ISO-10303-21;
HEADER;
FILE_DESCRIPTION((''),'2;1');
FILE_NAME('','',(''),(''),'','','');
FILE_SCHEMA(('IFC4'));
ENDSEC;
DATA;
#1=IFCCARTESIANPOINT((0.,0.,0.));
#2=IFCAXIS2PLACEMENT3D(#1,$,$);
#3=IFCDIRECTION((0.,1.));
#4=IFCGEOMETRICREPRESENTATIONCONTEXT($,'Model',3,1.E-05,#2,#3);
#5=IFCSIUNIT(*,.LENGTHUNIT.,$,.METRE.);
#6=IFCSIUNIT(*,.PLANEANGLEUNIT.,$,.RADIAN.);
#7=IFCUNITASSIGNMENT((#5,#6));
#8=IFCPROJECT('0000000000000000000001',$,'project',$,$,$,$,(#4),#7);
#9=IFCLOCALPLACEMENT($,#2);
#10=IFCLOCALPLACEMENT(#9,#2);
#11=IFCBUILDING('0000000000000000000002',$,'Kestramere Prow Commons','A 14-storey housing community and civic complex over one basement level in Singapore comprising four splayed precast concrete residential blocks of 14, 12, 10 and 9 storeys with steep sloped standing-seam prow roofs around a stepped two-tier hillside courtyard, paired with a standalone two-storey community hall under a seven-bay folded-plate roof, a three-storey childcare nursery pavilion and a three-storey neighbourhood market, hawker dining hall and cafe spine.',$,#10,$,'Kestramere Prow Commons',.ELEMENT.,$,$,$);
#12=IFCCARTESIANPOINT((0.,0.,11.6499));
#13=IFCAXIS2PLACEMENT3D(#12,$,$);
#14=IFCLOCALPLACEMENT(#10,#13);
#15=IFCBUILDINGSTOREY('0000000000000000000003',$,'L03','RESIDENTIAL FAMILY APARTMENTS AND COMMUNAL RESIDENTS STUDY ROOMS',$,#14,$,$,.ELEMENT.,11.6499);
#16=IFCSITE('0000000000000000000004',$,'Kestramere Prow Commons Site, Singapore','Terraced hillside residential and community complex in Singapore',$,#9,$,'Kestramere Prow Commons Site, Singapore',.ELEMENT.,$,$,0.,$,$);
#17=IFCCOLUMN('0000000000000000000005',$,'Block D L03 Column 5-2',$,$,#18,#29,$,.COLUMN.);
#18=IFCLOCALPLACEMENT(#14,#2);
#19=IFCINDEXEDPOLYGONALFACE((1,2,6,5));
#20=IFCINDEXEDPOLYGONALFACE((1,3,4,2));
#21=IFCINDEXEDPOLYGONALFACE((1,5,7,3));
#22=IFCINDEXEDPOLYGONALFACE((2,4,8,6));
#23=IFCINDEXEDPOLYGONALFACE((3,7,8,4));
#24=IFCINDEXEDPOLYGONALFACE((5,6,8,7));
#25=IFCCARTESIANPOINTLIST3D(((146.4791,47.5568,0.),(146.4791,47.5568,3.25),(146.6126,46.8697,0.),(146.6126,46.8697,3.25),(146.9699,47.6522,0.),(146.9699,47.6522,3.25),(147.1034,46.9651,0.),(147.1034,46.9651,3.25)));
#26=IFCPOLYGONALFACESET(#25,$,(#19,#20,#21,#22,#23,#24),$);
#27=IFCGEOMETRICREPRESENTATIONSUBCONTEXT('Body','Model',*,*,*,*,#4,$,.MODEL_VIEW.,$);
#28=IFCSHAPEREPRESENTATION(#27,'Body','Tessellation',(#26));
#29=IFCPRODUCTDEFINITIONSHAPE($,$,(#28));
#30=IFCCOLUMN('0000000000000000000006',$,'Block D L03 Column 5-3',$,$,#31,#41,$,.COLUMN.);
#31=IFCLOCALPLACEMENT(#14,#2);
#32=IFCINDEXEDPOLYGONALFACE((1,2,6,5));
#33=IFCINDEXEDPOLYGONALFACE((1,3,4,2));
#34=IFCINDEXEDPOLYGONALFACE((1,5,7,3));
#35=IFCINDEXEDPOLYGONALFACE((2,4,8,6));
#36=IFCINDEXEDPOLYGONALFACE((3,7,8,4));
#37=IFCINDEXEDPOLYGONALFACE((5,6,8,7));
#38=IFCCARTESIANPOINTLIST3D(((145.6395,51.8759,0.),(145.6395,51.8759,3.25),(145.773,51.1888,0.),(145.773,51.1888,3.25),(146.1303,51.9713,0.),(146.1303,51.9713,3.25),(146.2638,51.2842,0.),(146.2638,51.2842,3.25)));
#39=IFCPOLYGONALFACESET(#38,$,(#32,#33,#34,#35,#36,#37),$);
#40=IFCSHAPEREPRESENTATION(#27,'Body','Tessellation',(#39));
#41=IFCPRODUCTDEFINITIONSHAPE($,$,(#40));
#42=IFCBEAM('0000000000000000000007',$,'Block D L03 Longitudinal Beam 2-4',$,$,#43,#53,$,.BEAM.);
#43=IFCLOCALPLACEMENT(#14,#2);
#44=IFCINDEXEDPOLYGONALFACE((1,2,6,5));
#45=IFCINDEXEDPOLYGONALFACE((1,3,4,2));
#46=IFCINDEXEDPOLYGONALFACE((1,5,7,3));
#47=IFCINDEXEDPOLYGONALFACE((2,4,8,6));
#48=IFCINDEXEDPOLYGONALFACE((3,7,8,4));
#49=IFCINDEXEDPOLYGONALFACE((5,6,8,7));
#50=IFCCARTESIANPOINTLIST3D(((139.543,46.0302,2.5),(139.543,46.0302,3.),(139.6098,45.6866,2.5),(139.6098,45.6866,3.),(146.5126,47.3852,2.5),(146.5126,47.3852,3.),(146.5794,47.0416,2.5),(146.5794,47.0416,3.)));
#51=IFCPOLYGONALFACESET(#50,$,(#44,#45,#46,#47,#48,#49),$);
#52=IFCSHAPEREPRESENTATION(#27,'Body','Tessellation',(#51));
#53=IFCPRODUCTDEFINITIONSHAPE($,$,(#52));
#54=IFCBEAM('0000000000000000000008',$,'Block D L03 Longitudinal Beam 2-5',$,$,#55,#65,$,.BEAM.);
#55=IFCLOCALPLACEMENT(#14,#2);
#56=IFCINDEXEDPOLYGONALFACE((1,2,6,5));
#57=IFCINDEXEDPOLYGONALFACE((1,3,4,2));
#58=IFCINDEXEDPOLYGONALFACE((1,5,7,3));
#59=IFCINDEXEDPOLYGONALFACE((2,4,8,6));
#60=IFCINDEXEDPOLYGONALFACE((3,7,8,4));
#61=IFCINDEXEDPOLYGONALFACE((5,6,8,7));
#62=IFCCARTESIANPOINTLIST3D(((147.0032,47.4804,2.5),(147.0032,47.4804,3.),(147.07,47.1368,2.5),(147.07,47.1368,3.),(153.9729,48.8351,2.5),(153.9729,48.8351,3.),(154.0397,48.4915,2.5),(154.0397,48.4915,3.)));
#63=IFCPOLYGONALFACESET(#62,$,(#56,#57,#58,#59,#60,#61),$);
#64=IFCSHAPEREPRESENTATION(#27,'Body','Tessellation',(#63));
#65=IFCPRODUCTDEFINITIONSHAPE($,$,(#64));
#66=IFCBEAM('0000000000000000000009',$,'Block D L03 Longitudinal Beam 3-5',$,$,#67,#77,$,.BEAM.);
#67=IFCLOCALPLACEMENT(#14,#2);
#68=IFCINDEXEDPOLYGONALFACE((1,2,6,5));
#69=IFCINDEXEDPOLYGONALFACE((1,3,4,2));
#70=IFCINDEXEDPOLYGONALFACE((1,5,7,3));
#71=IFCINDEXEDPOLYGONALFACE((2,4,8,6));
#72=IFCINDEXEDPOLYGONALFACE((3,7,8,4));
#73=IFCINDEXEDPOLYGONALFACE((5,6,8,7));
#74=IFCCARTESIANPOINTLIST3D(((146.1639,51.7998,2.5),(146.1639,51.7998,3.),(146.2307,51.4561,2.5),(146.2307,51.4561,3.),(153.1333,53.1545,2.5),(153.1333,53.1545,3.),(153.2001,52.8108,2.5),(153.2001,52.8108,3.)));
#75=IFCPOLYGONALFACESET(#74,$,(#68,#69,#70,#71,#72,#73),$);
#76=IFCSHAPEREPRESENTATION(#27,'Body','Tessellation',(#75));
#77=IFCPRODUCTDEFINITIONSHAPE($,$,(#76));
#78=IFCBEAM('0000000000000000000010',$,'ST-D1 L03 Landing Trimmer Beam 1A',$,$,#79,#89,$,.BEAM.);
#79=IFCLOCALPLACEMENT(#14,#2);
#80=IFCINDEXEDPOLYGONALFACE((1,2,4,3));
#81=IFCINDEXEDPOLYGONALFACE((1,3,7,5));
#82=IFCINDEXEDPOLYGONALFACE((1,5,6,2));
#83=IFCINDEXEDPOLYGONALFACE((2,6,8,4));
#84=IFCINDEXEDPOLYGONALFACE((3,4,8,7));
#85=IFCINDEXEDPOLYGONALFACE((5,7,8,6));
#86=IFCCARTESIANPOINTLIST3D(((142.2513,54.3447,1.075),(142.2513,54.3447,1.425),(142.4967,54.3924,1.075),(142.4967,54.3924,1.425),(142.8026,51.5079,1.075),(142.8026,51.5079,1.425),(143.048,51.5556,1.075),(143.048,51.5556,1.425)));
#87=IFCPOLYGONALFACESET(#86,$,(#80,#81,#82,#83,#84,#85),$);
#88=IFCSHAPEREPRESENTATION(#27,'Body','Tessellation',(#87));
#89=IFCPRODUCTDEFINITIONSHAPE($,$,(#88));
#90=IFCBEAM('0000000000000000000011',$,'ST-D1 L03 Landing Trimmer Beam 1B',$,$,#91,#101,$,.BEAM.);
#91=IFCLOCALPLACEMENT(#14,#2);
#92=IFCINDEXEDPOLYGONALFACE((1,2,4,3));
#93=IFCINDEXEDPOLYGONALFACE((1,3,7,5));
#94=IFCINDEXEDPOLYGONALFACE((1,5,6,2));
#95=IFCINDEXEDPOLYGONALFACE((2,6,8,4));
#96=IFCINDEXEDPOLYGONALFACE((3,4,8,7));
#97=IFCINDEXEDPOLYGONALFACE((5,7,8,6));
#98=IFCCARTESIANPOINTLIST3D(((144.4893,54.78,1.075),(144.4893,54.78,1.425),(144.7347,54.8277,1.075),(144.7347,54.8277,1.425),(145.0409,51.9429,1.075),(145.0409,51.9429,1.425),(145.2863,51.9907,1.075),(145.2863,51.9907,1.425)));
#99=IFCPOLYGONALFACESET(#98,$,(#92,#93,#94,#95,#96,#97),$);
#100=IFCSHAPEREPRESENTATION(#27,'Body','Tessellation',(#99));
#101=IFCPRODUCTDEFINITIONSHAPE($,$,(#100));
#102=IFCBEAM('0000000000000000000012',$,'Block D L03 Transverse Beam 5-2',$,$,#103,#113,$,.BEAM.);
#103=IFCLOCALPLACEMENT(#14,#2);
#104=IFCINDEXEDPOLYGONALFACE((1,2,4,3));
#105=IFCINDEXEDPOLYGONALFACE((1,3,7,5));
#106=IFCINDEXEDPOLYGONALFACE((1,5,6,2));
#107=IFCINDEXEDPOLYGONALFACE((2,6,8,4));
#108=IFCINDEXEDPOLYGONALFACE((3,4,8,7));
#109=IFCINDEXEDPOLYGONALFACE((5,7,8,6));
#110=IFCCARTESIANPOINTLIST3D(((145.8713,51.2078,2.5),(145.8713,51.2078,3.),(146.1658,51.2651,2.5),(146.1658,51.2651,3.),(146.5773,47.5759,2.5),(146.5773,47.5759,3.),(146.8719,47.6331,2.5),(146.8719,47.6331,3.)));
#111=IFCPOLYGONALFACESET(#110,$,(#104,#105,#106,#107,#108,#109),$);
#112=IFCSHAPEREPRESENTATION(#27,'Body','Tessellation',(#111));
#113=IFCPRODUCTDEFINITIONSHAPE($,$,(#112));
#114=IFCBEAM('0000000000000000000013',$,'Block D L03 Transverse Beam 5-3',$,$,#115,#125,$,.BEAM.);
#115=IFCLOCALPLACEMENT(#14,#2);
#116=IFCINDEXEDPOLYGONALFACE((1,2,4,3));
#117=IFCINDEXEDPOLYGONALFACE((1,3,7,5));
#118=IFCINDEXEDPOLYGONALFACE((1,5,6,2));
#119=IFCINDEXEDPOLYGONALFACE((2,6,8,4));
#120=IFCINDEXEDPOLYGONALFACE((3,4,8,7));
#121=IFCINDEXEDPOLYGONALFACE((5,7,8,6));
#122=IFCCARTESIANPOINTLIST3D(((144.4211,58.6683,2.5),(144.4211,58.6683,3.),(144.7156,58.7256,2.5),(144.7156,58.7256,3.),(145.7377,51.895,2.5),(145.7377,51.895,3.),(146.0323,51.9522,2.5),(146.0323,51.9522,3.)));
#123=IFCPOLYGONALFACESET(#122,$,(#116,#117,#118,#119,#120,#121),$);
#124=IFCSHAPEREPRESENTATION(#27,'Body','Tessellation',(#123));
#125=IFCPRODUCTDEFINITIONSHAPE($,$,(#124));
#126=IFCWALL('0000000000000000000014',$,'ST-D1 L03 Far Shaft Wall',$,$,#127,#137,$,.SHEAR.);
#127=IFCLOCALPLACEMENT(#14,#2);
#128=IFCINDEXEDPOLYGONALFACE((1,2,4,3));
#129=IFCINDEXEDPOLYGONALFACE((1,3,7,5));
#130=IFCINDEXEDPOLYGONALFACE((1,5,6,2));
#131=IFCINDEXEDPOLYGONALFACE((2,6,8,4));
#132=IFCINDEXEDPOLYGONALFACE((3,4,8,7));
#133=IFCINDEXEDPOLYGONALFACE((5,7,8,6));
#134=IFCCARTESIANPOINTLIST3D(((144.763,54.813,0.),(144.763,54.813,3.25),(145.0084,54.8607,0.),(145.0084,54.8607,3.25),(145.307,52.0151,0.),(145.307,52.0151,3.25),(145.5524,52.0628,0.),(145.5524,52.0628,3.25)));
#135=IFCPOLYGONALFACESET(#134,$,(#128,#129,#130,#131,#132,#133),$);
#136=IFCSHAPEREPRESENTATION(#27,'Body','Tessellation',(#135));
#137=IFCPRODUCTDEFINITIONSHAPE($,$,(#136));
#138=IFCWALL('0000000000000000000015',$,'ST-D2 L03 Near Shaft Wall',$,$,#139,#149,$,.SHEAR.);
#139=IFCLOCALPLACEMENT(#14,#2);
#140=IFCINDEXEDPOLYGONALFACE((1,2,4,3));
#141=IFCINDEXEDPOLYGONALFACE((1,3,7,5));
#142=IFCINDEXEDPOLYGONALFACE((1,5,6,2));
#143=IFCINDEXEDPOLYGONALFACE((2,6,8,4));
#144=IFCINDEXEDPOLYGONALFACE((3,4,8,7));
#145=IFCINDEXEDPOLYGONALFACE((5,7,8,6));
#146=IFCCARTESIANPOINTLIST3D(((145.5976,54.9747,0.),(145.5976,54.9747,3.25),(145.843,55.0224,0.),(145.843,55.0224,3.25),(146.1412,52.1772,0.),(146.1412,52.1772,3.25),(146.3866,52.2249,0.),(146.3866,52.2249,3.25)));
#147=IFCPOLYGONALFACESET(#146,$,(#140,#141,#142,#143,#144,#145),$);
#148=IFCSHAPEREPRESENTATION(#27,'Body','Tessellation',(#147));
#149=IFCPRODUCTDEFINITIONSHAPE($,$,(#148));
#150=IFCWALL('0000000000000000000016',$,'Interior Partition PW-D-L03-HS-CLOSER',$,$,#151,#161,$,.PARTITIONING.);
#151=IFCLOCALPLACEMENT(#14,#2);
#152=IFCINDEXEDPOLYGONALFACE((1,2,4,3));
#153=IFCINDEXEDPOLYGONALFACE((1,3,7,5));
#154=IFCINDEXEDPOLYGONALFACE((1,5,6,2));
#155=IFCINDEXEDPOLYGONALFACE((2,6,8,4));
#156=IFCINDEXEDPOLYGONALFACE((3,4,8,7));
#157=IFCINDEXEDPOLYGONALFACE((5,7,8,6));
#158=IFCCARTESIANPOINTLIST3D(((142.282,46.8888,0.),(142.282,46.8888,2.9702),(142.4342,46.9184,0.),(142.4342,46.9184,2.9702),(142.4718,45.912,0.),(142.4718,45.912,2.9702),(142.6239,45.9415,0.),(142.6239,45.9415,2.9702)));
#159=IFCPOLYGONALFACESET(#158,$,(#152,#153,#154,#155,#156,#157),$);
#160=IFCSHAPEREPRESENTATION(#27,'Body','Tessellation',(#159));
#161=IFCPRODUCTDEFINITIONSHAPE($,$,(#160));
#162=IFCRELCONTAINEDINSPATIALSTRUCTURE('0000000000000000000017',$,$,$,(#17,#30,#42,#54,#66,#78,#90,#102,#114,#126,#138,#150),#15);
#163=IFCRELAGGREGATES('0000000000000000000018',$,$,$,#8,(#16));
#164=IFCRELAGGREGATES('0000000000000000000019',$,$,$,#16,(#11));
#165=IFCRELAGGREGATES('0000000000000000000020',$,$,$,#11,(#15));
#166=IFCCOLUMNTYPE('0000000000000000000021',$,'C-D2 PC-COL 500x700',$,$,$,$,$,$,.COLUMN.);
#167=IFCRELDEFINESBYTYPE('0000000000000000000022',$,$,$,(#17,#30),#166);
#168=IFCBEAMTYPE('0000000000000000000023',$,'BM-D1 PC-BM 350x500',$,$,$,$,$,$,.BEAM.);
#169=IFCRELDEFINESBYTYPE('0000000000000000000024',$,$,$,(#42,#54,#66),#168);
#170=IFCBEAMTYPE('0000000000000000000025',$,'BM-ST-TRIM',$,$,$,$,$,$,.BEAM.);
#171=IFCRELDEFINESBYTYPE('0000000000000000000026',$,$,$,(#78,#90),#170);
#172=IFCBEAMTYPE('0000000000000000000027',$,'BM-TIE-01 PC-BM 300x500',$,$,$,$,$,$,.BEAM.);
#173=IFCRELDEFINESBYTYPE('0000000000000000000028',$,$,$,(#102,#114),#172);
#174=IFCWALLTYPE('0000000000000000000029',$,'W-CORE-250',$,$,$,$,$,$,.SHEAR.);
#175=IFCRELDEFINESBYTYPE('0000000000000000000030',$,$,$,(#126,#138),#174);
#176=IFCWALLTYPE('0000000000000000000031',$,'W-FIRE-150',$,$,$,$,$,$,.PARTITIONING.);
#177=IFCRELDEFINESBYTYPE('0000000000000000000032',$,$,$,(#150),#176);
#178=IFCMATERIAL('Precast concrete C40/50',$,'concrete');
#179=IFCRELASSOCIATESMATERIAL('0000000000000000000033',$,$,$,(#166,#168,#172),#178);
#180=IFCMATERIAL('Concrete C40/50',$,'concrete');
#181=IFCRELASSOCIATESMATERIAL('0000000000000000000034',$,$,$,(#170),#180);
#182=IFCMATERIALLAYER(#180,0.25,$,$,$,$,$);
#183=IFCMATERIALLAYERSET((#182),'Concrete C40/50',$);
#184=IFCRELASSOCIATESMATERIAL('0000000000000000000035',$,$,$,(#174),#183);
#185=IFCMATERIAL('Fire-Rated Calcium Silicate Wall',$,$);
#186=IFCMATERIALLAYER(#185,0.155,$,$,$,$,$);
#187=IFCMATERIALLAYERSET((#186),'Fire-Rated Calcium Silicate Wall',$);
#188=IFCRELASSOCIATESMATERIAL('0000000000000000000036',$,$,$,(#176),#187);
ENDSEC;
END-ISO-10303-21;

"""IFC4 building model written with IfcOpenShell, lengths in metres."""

from ifc_helpers import new_model, si_unit, direction, frame, frame_2d, origin, origin_2d, place, context, subcontext, project, spatial, rectangle, extrude, material, layer, layer_set, material_profile, profile_set, type_object, element, save


model = new_model("IFC4")

# Units and contexts
model_context = context("Model", 3, precision=1e-05, world=origin(), true_north=direction((0.0, 1.0)))
body_context = subcontext(model_context, "Body", "Model", "MODEL_VIEW")
ifc_project = project(units=[si_unit("LENGTHUNIT", "METRE"), si_unit("PLANEANGLEUNIT", "RADIAN")], contexts=[model_context])

# Site, building, storey
site_placement = place(None, origin())
site = spatial("IfcSite", under=ifc_project, at=site_placement, Name="Kestramere Prow Commons Site, Singapore", Description="Terraced hillside residential and community complex in Singapore", LongName="Kestramere Prow Commons Site, Singapore", CompositionType="ELEMENT", RefElevation=0.0)
building_placement = place(site_placement, origin())
building = spatial("IfcBuilding", under=site, at=building_placement, Name="Kestramere Prow Commons", Description="A 14-storey housing community and civic complex over one basement level in Singapore comprising four splayed precast concrete residential blocks of 14, 12, 10 and 9 storeys with steep sloped standing-seam prow roofs around a stepped two-tier hillside courtyard, paired with a standalone two-storey community hall under a seven-bay folded-plate roof, a three-storey childcare nursery pavilion and a three-storey neighbourhood market, hawker dining hall and cafe spine.", LongName="Kestramere Prow Commons", CompositionType="ELEMENT")
storey_placement = place(building_placement, frame((0.0, 0.0, 11.6499)))
storey = spatial("IfcBuildingStorey", under=building, at=storey_placement, Name="L03", Description="RESIDENTIAL FAMILY APARTMENTS AND COMMUNAL RESIDENTS STUDY ROOMS", CompositionType="ELEMENT", Elevation=11.6499)

# Columns
ifc_material_1 = material(Name="Precast concrete C40/50", Category="concrete")
ifc_material_profile_1 = material_profile(ifc_material_1, rectangle(XDim=0.5, YDim=0.7, at=origin_2d()), Name="PC-COL 500x700")
ifc_profile_set_1 = profile_set([ifc_material_profile_1], Name="Precast concrete C40/50")
column_type = type_object("IfcColumnType", Name="C-D2 PC-COL 500x700", PredefinedType="COLUMN", material=ifc_profile_set_1)
for number, where, z_axis, x_axis, name in (
    (1, (146.7913, 47.261, 0.0), (0.0, 0.0, 1.0), (0.981627, 0.190809, 0.0), "Block D L03 Column 5-2"),
    (2, (145.9517, 51.5801, 0.0), (0.0, 0.0, 1.0), (0.981627, 0.190809, 0.0), "Block D L03 Column 5-3"),
):
    element("IfcColumn", number, at=place(storey_placement, frame(where, z_axis=z_axis, x_axis=x_axis)), inside=storey, type_object=column_type, Name=name, PredefinedType="COLUMN", context=body_context, shape_type="SweptSolid", body=[
        extrude(rectangle(XDim=0.5, YDim=0.7, at=origin_2d()), origin(), (0.0, 0.0, 1.0), 3.25),
    ])

# Beams
ifc_material_profile_2 = material_profile(ifc_material_1, rectangle(XDim=0.3501, YDim=0.5, at=origin_2d()), Name="PC-BM 350x500")
ifc_profile_set_2 = profile_set([ifc_material_profile_2], Name="Precast concrete C40/50")
beam_type_1 = type_object("IfcBeamType", Name="BM-D1 PC-BM 350x500", PredefinedType="BEAM", material=ifc_profile_set_2)
for number, where, z_axis, x_axis, name in (
    (3, (139.5764, 45.8584, 2.75), (0.981621, 0.190843, 0.0), (-0.190843, 0.981621, 0.0), "Block D L03 Longitudinal Beam 2-4"),
    (4, (147.0366, 47.3086, 2.75), (0.981628, 0.190803, 0.0), (-0.190803, 0.981628, 0.0), "Block D L03 Longitudinal Beam 2-5"),
):
    element("IfcBeam", number, at=place(storey_placement, frame(where, z_axis=z_axis, x_axis=x_axis)), inside=storey, type_object=beam_type_1, Name=name, PredefinedType="BEAM", context=body_context, shape_type="SweptSolid", body=[
        extrude(rectangle(XDim=0.3501, YDim=0.5, at=origin_2d()), origin(), (0.0, 0.0, 1.0), 7.1001),
    ])
beam_1_placement = place(storey_placement, frame((146.1973, 51.6279, 2.75), z_axis=(0.981627, 0.19081, 0.0), x_axis=(-0.19081, 0.981627, 0.0)))
element("IfcBeam", 5, at=beam_1_placement, inside=storey, type_object=beam_type_1, Name="Block D L03 Longitudinal Beam 3-5", PredefinedType="BEAM", context=body_context, shape_type="SweptSolid", body=[
    extrude(rectangle(XDim=0.3501, YDim=0.5, at=origin_2d()), origin(), (0.0, 0.0, 1.0), 7.0999),
])
ifc_material_2 = material(Name="Concrete C40/50", Category="concrete")
ifc_material_profile_3 = material_profile(ifc_material_2, rectangle(XDim=0.25, YDim=0.3501, at=origin_2d()), Name="PC-BM 250x350")
ifc_profile_set_3 = profile_set([ifc_material_profile_3], Name="Concrete C40/50")
beam_type_2 = type_object("IfcBeamType", Name="BM-ST-TRIM", PredefinedType="BEAM", material=ifc_profile_set_3)
beam_2_placement = place(storey_placement, frame((142.9253, 51.5317, 1.25), z_axis=(-0.190752, 0.981638, 0.0), x_axis=(-0.981638, -0.190752, 0.0)))
element("IfcBeam", 6, at=beam_2_placement, inside=storey, type_object=beam_type_2, Name="ST-D1 L03 Landing Trimmer Beam 1A", PredefinedType="BEAM", context=body_context, shape_type="SweptSolid", body=[
    extrude(rectangle(XDim=0.25, YDim=0.3501, at=origin_2d()), origin(), (0.0, 0.0, 1.0), 2.8899),
])
beam_3_placement = place(storey_placement, frame((145.1636, 51.9668, 1.25), z_axis=(-0.190833, 0.981622, 0.0), x_axis=(-0.981622, -0.190833, 0.0)))
element("IfcBeam", 7, at=beam_3_placement, inside=storey, type_object=beam_type_2, Name="ST-D1 L03 Landing Trimmer Beam 1B", PredefinedType="BEAM", context=body_context, shape_type="SweptSolid", body=[
    extrude(rectangle(XDim=0.25, YDim=0.3501, at=origin_2d()), origin(), (0.0, 0.0, 1.0), 2.8901),
])
ifc_material_profile_4 = material_profile(ifc_material_1, rectangle(XDim=0.3, YDim=0.5, at=origin_2d()), Name="PC-BM 300x500")
ifc_profile_set_4 = profile_set([ifc_material_profile_4], Name="Precast concrete C40/50")
beam_type_3 = type_object("IfcBeamType", Name="BM-TIE-01 PC-BM 300x500", PredefinedType="BEAM", material=ifc_profile_set_4)
beam_4_placement = place(storey_placement, frame((146.7246, 47.6045, 2.75), z_axis=(-0.190822, 0.981625, 0.0), x_axis=(-0.981625, -0.190822, 0.0)))
element("IfcBeam", 8, at=beam_4_placement, inside=storey, type_object=beam_type_3, Name="Block D L03 Transverse Beam 5-2", PredefinedType="BEAM", context=body_context, shape_type="SweptSolid", body=[
    extrude(rectangle(XDim=0.3, YDim=0.5, at=origin_2d()), origin(), (0.0, 0.0, 1.0), 3.7),
])
beam_5_placement = place(storey_placement, frame((145.885, 51.9236, 2.75), z_axis=(-0.190813, 0.981626, 0.0), x_axis=(-0.981626, -0.190813, 0.0)))
element("IfcBeam", 9, at=beam_5_placement, inside=storey, type_object=beam_type_3, Name="Block D L03 Transverse Beam 5-3", PredefinedType="BEAM", context=body_context, shape_type="SweptSolid", body=[
    extrude(rectangle(XDim=0.3, YDim=0.5, at=origin_2d()), origin(), (0.0, 0.0, 1.0), 6.9001),
])

# Wall
ifc_layer_1 = layer(ifc_material_2, 0.25)
ifc_layer_set_1 = layer_set([ifc_layer_1], Name="Concrete C40/50")
wall_type_1 = type_object("IfcWallType", Name="W-CORE-250", PredefinedType="SHEAR", material=ifc_layer_set_1)
wall_1_placement = place(storey_placement, frame((145.4297, 52.0388, 0.0), z_axis=(0.0, 0.0, 1.0), x_axis=(-0.190842, 0.981621, 0.0)))
element("IfcWall", 10, at=wall_1_placement, inside=storey, type_object=wall_type_1, Name="ST-D1 L03 Far Shaft Wall", PredefinedType="SHEAR", context=body_context, shape_type="SweptSolid", body=[
    extrude(rectangle(XDim=2.8503, YDim=0.25, at=frame_2d((1.4253, 0.0))), origin(), (0.0, 0.0, 1.0), 3.25),
])

# Walls
wall_2_placement = place(storey_placement, frame((146.2639, 52.2012, 0.0), z_axis=(0.0, 0.0, 1.0), x_axis=(-0.190776, 0.981634, 0.0)))
element("IfcWall", 11, at=wall_2_placement, inside=storey, type_object=wall_type_1, Name="ST-D2 L03 Near Shaft Wall", PredefinedType="SHEAR", context=body_context, shape_type="SweptSolid", body=[
    extrude(rectangle(XDim=2.8499, YDim=0.25, at=frame_2d((1.4248, 0.0))), origin(), (0.0, 0.0, 1.0), 3.25),
])
ifc_material_3 = material(Name="Fire-Rated Calcium Silicate Wall")
ifc_layer_2 = layer(ifc_material_3, 0.155)
ifc_layer_set_2 = layer_set([ifc_layer_2], Name="Fire-Rated Calcium Silicate Wall")
wall_type_2 = type_object("IfcWallType", Name="W-FIRE-150", PredefinedType="PARTITIONING", material=ifc_layer_set_2)
wall_3_placement = place(storey_placement, frame((142.5479, 45.9268, 0.0), z_axis=(0.0, 0.0, 1.0), x_axis=(-0.19064, 0.98166, 0.0)))
element("IfcWall", 12, at=wall_3_placement, inside=storey, type_object=wall_type_2, Name="Interior Partition PW-D-L03-HS-CLOSER", PredefinedType="PARTITIONING", context=body_context, shape_type="SweptSolid", body=[
    extrude(rectangle(XDim=0.9951, YDim=0.155, at=frame_2d((0.4976, 0.0))), origin(), (0.0, 0.0, 1.0), 2.9702),
])

save(model, "model.ifc")
